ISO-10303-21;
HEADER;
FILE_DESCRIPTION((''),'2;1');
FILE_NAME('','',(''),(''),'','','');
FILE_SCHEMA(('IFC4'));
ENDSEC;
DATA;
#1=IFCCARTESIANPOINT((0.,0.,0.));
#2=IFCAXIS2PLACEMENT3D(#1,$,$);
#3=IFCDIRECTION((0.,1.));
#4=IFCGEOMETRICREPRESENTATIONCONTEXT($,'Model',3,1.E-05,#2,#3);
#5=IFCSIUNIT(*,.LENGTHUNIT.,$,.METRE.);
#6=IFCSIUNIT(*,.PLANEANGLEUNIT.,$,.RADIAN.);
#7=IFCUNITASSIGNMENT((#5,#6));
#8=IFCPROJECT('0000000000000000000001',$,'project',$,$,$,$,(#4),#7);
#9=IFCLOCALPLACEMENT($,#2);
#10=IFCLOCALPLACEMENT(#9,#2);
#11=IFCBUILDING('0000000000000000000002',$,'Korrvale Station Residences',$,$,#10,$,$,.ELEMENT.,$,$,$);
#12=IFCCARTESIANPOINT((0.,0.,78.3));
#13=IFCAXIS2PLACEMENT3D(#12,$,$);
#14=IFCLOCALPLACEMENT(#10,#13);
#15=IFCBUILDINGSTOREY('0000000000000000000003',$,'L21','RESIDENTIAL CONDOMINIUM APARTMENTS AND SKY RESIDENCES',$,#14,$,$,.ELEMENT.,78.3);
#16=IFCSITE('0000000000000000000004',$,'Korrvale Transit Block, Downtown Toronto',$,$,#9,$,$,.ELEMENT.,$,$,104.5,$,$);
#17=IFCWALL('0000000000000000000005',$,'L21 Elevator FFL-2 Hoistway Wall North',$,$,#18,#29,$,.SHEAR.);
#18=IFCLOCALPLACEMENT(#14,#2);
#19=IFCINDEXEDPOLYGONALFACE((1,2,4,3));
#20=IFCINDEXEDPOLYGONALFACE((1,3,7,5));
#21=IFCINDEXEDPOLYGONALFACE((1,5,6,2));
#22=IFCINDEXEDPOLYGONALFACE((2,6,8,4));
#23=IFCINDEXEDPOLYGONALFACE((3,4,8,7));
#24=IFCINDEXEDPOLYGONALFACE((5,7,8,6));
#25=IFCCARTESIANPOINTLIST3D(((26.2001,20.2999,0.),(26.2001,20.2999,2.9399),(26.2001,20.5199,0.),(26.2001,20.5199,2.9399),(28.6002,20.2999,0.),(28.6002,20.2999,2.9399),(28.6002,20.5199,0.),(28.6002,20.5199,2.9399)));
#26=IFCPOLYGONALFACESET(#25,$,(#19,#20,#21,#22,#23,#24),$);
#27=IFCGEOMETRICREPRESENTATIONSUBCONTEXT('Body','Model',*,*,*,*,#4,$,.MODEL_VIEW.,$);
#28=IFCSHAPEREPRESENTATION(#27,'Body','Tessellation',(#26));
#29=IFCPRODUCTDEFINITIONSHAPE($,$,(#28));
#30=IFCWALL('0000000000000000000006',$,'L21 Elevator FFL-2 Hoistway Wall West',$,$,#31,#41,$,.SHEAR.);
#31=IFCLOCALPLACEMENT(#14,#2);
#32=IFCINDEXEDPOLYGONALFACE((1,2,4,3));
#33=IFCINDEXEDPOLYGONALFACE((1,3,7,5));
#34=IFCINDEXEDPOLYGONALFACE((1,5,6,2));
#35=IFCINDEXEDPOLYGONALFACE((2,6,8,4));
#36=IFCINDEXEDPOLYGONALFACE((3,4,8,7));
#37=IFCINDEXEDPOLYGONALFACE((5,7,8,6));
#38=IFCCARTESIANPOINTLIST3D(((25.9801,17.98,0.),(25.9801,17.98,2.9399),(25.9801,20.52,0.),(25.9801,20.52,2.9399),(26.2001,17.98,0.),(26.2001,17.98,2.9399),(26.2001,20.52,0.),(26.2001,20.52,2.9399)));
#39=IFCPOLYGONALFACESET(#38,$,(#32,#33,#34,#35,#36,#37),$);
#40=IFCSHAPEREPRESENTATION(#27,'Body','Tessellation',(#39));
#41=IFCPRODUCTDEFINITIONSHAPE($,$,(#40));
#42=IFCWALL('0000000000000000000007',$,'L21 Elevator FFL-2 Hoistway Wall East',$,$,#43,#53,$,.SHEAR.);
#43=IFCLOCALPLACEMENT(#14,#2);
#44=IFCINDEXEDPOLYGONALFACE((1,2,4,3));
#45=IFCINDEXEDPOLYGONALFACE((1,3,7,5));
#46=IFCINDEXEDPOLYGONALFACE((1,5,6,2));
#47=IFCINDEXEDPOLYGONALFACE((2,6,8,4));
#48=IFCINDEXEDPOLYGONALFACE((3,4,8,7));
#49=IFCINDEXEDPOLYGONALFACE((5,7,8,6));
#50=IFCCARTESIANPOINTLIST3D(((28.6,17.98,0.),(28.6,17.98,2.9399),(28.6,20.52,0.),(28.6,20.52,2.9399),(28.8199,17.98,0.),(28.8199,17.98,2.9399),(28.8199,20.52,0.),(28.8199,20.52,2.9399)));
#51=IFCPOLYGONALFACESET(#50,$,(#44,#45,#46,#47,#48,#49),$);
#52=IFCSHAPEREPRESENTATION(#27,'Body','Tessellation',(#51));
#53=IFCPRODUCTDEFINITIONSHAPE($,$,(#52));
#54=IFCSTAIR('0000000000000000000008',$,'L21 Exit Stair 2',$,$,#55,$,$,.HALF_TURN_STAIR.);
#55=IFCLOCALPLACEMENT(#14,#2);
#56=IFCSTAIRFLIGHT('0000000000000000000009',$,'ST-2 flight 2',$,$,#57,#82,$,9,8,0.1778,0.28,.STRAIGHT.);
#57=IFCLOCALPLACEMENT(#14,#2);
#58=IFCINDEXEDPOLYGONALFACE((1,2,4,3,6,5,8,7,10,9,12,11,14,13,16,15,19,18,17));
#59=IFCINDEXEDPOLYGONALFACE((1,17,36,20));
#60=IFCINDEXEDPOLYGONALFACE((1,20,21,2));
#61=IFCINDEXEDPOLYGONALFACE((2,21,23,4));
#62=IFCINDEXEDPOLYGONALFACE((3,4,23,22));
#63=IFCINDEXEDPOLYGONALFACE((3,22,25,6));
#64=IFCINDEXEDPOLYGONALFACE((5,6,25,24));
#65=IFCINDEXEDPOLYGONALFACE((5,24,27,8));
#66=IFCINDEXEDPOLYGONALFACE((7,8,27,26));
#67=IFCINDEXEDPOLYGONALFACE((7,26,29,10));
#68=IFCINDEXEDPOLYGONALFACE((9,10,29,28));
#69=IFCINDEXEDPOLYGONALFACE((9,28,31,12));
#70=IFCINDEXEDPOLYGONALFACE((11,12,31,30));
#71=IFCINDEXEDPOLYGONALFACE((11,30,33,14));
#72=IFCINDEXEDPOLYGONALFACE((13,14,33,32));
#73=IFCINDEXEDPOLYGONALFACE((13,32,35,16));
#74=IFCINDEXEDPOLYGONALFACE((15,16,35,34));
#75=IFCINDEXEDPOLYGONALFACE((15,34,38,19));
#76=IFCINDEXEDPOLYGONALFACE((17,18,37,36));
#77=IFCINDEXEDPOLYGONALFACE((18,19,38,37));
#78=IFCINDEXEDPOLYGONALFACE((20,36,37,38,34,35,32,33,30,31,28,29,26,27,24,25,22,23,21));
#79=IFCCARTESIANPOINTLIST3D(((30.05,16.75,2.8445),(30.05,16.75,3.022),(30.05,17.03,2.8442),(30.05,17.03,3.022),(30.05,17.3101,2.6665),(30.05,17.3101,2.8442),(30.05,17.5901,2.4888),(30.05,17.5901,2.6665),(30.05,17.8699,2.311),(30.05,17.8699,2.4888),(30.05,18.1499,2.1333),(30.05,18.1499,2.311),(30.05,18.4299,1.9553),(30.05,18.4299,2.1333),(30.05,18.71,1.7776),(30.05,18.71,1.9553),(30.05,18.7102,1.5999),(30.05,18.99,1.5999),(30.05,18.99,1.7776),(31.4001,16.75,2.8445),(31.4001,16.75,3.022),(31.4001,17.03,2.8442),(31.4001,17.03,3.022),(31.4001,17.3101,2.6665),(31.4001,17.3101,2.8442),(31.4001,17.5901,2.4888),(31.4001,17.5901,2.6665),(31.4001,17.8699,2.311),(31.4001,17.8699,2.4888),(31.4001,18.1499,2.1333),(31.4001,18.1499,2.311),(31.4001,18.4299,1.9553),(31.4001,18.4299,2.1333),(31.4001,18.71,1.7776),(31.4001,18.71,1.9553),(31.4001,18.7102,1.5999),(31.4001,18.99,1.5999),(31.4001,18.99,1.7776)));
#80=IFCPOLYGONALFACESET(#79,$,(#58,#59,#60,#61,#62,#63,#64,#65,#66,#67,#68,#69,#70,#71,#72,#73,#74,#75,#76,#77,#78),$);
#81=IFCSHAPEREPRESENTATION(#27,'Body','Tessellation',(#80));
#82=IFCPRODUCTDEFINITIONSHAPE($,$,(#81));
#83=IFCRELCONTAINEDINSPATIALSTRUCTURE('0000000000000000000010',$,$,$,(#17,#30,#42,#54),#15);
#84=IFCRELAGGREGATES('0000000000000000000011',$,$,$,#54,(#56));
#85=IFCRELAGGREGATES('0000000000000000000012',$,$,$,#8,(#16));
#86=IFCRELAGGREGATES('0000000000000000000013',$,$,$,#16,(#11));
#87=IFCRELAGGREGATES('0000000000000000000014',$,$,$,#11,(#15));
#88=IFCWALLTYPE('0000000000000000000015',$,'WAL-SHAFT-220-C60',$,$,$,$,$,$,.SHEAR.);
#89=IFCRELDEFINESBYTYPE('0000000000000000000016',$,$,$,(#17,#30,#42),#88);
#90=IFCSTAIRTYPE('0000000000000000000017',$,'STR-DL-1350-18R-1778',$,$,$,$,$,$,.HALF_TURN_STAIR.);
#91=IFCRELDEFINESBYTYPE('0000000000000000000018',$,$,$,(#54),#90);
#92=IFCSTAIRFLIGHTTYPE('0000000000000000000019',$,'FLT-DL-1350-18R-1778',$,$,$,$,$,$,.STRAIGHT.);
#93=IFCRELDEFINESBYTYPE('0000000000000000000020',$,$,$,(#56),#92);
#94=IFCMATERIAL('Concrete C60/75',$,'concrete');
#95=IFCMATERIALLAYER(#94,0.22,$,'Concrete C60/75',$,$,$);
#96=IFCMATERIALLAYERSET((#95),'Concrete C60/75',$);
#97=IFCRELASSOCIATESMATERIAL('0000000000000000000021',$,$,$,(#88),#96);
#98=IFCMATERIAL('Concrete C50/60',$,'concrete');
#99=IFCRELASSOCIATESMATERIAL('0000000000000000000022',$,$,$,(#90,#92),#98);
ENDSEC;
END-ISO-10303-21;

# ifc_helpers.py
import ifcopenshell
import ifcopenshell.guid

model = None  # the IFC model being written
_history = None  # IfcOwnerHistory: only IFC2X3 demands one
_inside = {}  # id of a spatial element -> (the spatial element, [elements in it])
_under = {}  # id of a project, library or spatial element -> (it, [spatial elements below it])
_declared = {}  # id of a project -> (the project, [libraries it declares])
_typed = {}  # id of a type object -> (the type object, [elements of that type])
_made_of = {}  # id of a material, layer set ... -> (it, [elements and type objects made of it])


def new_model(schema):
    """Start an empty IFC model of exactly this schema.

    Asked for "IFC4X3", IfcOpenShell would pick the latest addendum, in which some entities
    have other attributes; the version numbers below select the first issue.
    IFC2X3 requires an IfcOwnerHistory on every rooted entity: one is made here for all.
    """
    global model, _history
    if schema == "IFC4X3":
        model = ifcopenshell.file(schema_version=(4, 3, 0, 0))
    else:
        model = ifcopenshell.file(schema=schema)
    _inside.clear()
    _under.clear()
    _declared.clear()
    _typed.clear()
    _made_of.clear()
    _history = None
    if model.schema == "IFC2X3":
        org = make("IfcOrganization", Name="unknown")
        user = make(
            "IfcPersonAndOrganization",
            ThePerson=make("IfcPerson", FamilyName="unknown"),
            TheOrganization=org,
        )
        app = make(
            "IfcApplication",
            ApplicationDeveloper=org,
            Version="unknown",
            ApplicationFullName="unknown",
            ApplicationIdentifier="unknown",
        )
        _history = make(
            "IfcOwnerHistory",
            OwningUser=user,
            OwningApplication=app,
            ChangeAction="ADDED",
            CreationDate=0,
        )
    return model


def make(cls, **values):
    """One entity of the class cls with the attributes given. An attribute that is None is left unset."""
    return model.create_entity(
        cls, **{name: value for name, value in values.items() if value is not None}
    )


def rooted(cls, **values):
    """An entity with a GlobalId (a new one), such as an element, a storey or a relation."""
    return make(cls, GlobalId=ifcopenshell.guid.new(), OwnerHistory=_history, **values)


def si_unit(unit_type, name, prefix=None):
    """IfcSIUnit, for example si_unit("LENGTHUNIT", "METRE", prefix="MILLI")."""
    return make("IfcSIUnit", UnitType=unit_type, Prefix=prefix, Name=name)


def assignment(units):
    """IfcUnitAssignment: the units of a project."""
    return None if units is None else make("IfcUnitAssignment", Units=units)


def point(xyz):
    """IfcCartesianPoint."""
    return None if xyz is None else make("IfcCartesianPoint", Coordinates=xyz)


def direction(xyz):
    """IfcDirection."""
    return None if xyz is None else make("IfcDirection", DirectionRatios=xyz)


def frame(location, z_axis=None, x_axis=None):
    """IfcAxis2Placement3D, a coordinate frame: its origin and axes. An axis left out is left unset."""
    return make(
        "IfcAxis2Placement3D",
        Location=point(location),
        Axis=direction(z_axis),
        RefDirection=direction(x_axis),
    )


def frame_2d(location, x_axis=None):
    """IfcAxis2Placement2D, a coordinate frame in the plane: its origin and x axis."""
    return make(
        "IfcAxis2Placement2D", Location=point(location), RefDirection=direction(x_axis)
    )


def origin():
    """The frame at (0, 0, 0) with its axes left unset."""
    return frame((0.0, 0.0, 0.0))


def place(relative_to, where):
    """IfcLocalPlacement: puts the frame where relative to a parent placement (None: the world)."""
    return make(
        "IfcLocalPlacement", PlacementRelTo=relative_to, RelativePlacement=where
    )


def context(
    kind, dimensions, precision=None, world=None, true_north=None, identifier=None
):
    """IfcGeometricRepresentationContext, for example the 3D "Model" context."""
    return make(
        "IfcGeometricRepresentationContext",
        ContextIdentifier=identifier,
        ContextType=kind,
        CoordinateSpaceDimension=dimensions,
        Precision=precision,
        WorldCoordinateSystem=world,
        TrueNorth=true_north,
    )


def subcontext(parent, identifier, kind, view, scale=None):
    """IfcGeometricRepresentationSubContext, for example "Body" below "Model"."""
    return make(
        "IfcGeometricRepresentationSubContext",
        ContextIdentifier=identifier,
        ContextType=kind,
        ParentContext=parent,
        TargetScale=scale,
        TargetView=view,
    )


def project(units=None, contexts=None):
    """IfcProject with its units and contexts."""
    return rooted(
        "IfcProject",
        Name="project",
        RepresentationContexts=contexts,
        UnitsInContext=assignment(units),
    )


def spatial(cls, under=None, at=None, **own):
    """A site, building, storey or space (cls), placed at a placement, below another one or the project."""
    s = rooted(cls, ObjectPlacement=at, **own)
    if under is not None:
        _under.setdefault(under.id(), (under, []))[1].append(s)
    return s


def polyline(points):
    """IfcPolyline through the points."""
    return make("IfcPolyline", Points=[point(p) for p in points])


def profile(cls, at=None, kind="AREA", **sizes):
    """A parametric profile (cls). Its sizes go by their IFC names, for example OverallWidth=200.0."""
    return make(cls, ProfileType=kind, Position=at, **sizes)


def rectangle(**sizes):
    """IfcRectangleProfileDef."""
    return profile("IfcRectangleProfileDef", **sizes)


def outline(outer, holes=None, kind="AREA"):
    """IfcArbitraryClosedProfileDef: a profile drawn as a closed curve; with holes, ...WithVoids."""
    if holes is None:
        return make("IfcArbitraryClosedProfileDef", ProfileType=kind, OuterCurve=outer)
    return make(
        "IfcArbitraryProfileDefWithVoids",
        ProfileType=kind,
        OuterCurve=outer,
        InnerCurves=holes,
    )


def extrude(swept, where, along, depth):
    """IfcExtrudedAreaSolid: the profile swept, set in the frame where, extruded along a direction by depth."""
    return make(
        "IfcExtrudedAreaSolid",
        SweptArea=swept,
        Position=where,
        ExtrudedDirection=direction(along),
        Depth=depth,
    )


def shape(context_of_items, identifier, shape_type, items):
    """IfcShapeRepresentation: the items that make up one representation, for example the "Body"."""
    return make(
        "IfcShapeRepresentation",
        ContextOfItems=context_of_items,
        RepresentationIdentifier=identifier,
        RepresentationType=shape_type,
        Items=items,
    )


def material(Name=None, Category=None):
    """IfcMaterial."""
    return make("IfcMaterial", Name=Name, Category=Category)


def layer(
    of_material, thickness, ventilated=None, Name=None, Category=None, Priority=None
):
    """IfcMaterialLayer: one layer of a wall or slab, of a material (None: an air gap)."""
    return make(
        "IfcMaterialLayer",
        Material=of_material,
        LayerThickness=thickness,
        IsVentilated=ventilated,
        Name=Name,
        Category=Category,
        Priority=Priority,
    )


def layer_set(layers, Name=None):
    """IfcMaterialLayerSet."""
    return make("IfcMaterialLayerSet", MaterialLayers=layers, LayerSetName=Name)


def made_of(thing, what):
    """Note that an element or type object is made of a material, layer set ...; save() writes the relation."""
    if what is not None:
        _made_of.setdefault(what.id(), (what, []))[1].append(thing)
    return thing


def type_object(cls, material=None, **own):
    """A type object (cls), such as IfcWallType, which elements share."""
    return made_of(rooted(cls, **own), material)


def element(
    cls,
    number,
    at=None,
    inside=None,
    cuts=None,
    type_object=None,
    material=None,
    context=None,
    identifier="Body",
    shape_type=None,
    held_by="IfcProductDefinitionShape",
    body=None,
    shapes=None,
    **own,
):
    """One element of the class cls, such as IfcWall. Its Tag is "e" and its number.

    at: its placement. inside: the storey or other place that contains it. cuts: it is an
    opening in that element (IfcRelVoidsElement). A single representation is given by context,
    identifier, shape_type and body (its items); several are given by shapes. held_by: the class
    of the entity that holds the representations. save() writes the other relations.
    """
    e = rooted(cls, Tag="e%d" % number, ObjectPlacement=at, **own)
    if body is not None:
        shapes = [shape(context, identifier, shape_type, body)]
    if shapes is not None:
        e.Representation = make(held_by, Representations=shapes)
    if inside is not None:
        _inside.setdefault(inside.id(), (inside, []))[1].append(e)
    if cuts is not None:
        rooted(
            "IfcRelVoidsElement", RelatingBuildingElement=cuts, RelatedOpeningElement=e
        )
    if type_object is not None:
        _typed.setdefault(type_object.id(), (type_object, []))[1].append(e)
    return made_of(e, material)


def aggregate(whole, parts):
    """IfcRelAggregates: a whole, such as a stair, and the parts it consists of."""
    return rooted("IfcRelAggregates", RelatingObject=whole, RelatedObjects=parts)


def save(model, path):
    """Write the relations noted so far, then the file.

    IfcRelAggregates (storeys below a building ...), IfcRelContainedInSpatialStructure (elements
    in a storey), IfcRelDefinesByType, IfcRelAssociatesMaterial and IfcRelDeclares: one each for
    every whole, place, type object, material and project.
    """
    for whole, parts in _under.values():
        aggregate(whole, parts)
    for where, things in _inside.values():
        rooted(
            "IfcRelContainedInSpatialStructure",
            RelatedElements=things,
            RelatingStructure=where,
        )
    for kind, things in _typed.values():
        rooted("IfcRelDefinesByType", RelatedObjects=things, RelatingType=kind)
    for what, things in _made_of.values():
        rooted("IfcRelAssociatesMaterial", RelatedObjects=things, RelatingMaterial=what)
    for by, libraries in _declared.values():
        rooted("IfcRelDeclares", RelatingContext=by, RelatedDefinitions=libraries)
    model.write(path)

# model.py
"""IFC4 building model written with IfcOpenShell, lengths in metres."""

from ifc_helpers import new_model, si_unit, direction, frame, frame_2d, origin, place, context, subcontext, project, spatial, polyline, rectangle, outline, extrude, material, layer, layer_set, type_object, element, aggregate, save


model = new_model("IFC4")

# Units and contexts
model_context = context("Model", 3, precision=1e-05, world=origin(), true_north=direction((0.0, 1.0)))
body_context = subcontext(model_context, "Body", "Model", "MODEL_VIEW")
ifc_project = project(units=[si_unit("LENGTHUNIT", "METRE"), si_unit("PLANEANGLEUNIT", "RADIAN")], contexts=[model_context])

# Site, building, storey
site_placement = place(None, origin())
site = spatial("IfcSite", under=ifc_project, at=site_placement, Name="Korrvale Transit Block, Downtown Toronto", CompositionType="ELEMENT", RefElevation=104.5)
building_placement = place(site_placement, origin())
building = spatial("IfcBuilding", under=site, at=building_placement, Name="Korrvale Station Residences", CompositionType="ELEMENT")
storey_placement = place(building_placement, frame((0.0, 0.0, 78.3)))
storey = spatial("IfcBuildingStorey", under=building, at=storey_placement, Name="L21", Description="RESIDENTIAL CONDOMINIUM APARTMENTS AND SKY RESIDENCES", CompositionType="ELEMENT", Elevation=78.3)

# Shared definitions
ifc_material_1 = material(Name="Concrete C60/75", Category="concrete")

# Shared definitions
ifc_layer_1 = layer(ifc_material_1, 0.22, Name="Concrete C60/75")
ifc_layer_set_1 = layer_set([ifc_layer_1], Name="Concrete C60/75")
wall_type_1 = type_object("IfcWallType", Name="WAL-SHAFT-220-C60", PredefinedType="SHEAR", material=ifc_layer_set_1)

# Walls
wall_1_placement = place(storey_placement, frame((26.2, 20.4099, 0.0), z_axis=(0.0, 0.0, 1.0), x_axis=(1.0, 0.0, 0.0)))
element("IfcWall", 1, at=wall_1_placement, inside=storey, type_object=wall_type_1, Name="L21 Elevator FFL-2 Hoistway Wall North", PredefinedType="SHEAR", context=body_context, shape_type="SweptSolid", body=[
    extrude(rectangle(XDim=2.4001, YDim=0.22, at=frame_2d((1.2002, 0.0))), origin(), (0.0, 0.0, 1.0), 2.9399),
])
for number, where, z_axis, x_axis, name in (
    (2, (26.0901, 17.98, 0.0), (0.0, 0.0, 1.0), (0.0, 1.0, 0.0), "L21 Elevator FFL-2 Hoistway Wall West"),
    (3, (28.71, 17.98, 0.0), (0.0, 0.0, 1.0), (0.0, 1.0, 0.0), "L21 Elevator FFL-2 Hoistway Wall East"),
):
    element("IfcWall", number, at=place(storey_placement, frame(where, z_axis=z_axis, x_axis=x_axis)), inside=storey, type_object=wall_type_1, Name=name, PredefinedType="SHEAR", context=body_context, shape_type="SweptSolid", body=[
        extrude(rectangle(XDim=2.54, YDim=0.22, at=frame_2d((1.27, 0.0))), origin(), (0.0, 0.0, 1.0), 2.9399),
    ])

# Stair, stair flight
ifc_material_2 = material(Name="Concrete C50/60", Category="concrete")
stair_type = type_object("IfcStairType", Name="STR-DL-1350-18R-1778", PredefinedType="HALF_TURN_STAIR", material=ifc_material_2)
stair_placement = place(storey_placement, origin())
stair = element("IfcStair", 4, at=stair_placement, inside=storey, type_object=stair_type, Name="L21 Exit Stair 2", PredefinedType="HALF_TURN_STAIR")
stair_flight_type = type_object("IfcStairFlightType", Name="FLT-DL-1350-18R-1778", PredefinedType="STRAIGHT", material=ifc_material_2)
stair_flight_placement = place(storey_placement, frame((30.7251, 18.99, 1.5999), z_axis=(0.0, 0.0, 1.0), x_axis=(0.0, -1.0, 0.0)))
stair_flight = element("IfcStairFlight", 5, at=stair_flight_placement, type_object=stair_flight_type, Name="ST-2 flight 2", NumberOfRisers=9, NumberOfTreads=8, PredefinedType="STRAIGHT", RiserHeight=0.1778, TreadLength=0.28, context=body_context, shape_type="SweptSolid", body=[
    extrude(outline(polyline([(0.0, 0.0), (0.0, 0.1777), (0.28, 0.1777), (0.28, 0.3555), (0.5601, 0.3555), (0.5601, 0.5334), (0.8401, 0.5334), (0.8401, 0.7112), (1.1201, 0.7112), (1.1201, 0.8889), (1.3999, 0.8889), (1.3999, 1.0667), (1.6799, 1.0667), (1.6799, 1.2444), (1.96, 1.2444), (1.96, 1.4221), (2.24, 1.4221), (2.24, 1.6001), (2.24, 1.2446), (0.2798, 0.0), (0.0, 0.0)])), frame((0.0, 0.675, 0.0), z_axis=(0.0, -1.0, 0.0), x_axis=(1.0, 0.0, 0.0)), (0.0, 0.0, 1.0), 1.3501),
])
aggregate(stair, [stair_flight])

save(model, "model.ifc")
